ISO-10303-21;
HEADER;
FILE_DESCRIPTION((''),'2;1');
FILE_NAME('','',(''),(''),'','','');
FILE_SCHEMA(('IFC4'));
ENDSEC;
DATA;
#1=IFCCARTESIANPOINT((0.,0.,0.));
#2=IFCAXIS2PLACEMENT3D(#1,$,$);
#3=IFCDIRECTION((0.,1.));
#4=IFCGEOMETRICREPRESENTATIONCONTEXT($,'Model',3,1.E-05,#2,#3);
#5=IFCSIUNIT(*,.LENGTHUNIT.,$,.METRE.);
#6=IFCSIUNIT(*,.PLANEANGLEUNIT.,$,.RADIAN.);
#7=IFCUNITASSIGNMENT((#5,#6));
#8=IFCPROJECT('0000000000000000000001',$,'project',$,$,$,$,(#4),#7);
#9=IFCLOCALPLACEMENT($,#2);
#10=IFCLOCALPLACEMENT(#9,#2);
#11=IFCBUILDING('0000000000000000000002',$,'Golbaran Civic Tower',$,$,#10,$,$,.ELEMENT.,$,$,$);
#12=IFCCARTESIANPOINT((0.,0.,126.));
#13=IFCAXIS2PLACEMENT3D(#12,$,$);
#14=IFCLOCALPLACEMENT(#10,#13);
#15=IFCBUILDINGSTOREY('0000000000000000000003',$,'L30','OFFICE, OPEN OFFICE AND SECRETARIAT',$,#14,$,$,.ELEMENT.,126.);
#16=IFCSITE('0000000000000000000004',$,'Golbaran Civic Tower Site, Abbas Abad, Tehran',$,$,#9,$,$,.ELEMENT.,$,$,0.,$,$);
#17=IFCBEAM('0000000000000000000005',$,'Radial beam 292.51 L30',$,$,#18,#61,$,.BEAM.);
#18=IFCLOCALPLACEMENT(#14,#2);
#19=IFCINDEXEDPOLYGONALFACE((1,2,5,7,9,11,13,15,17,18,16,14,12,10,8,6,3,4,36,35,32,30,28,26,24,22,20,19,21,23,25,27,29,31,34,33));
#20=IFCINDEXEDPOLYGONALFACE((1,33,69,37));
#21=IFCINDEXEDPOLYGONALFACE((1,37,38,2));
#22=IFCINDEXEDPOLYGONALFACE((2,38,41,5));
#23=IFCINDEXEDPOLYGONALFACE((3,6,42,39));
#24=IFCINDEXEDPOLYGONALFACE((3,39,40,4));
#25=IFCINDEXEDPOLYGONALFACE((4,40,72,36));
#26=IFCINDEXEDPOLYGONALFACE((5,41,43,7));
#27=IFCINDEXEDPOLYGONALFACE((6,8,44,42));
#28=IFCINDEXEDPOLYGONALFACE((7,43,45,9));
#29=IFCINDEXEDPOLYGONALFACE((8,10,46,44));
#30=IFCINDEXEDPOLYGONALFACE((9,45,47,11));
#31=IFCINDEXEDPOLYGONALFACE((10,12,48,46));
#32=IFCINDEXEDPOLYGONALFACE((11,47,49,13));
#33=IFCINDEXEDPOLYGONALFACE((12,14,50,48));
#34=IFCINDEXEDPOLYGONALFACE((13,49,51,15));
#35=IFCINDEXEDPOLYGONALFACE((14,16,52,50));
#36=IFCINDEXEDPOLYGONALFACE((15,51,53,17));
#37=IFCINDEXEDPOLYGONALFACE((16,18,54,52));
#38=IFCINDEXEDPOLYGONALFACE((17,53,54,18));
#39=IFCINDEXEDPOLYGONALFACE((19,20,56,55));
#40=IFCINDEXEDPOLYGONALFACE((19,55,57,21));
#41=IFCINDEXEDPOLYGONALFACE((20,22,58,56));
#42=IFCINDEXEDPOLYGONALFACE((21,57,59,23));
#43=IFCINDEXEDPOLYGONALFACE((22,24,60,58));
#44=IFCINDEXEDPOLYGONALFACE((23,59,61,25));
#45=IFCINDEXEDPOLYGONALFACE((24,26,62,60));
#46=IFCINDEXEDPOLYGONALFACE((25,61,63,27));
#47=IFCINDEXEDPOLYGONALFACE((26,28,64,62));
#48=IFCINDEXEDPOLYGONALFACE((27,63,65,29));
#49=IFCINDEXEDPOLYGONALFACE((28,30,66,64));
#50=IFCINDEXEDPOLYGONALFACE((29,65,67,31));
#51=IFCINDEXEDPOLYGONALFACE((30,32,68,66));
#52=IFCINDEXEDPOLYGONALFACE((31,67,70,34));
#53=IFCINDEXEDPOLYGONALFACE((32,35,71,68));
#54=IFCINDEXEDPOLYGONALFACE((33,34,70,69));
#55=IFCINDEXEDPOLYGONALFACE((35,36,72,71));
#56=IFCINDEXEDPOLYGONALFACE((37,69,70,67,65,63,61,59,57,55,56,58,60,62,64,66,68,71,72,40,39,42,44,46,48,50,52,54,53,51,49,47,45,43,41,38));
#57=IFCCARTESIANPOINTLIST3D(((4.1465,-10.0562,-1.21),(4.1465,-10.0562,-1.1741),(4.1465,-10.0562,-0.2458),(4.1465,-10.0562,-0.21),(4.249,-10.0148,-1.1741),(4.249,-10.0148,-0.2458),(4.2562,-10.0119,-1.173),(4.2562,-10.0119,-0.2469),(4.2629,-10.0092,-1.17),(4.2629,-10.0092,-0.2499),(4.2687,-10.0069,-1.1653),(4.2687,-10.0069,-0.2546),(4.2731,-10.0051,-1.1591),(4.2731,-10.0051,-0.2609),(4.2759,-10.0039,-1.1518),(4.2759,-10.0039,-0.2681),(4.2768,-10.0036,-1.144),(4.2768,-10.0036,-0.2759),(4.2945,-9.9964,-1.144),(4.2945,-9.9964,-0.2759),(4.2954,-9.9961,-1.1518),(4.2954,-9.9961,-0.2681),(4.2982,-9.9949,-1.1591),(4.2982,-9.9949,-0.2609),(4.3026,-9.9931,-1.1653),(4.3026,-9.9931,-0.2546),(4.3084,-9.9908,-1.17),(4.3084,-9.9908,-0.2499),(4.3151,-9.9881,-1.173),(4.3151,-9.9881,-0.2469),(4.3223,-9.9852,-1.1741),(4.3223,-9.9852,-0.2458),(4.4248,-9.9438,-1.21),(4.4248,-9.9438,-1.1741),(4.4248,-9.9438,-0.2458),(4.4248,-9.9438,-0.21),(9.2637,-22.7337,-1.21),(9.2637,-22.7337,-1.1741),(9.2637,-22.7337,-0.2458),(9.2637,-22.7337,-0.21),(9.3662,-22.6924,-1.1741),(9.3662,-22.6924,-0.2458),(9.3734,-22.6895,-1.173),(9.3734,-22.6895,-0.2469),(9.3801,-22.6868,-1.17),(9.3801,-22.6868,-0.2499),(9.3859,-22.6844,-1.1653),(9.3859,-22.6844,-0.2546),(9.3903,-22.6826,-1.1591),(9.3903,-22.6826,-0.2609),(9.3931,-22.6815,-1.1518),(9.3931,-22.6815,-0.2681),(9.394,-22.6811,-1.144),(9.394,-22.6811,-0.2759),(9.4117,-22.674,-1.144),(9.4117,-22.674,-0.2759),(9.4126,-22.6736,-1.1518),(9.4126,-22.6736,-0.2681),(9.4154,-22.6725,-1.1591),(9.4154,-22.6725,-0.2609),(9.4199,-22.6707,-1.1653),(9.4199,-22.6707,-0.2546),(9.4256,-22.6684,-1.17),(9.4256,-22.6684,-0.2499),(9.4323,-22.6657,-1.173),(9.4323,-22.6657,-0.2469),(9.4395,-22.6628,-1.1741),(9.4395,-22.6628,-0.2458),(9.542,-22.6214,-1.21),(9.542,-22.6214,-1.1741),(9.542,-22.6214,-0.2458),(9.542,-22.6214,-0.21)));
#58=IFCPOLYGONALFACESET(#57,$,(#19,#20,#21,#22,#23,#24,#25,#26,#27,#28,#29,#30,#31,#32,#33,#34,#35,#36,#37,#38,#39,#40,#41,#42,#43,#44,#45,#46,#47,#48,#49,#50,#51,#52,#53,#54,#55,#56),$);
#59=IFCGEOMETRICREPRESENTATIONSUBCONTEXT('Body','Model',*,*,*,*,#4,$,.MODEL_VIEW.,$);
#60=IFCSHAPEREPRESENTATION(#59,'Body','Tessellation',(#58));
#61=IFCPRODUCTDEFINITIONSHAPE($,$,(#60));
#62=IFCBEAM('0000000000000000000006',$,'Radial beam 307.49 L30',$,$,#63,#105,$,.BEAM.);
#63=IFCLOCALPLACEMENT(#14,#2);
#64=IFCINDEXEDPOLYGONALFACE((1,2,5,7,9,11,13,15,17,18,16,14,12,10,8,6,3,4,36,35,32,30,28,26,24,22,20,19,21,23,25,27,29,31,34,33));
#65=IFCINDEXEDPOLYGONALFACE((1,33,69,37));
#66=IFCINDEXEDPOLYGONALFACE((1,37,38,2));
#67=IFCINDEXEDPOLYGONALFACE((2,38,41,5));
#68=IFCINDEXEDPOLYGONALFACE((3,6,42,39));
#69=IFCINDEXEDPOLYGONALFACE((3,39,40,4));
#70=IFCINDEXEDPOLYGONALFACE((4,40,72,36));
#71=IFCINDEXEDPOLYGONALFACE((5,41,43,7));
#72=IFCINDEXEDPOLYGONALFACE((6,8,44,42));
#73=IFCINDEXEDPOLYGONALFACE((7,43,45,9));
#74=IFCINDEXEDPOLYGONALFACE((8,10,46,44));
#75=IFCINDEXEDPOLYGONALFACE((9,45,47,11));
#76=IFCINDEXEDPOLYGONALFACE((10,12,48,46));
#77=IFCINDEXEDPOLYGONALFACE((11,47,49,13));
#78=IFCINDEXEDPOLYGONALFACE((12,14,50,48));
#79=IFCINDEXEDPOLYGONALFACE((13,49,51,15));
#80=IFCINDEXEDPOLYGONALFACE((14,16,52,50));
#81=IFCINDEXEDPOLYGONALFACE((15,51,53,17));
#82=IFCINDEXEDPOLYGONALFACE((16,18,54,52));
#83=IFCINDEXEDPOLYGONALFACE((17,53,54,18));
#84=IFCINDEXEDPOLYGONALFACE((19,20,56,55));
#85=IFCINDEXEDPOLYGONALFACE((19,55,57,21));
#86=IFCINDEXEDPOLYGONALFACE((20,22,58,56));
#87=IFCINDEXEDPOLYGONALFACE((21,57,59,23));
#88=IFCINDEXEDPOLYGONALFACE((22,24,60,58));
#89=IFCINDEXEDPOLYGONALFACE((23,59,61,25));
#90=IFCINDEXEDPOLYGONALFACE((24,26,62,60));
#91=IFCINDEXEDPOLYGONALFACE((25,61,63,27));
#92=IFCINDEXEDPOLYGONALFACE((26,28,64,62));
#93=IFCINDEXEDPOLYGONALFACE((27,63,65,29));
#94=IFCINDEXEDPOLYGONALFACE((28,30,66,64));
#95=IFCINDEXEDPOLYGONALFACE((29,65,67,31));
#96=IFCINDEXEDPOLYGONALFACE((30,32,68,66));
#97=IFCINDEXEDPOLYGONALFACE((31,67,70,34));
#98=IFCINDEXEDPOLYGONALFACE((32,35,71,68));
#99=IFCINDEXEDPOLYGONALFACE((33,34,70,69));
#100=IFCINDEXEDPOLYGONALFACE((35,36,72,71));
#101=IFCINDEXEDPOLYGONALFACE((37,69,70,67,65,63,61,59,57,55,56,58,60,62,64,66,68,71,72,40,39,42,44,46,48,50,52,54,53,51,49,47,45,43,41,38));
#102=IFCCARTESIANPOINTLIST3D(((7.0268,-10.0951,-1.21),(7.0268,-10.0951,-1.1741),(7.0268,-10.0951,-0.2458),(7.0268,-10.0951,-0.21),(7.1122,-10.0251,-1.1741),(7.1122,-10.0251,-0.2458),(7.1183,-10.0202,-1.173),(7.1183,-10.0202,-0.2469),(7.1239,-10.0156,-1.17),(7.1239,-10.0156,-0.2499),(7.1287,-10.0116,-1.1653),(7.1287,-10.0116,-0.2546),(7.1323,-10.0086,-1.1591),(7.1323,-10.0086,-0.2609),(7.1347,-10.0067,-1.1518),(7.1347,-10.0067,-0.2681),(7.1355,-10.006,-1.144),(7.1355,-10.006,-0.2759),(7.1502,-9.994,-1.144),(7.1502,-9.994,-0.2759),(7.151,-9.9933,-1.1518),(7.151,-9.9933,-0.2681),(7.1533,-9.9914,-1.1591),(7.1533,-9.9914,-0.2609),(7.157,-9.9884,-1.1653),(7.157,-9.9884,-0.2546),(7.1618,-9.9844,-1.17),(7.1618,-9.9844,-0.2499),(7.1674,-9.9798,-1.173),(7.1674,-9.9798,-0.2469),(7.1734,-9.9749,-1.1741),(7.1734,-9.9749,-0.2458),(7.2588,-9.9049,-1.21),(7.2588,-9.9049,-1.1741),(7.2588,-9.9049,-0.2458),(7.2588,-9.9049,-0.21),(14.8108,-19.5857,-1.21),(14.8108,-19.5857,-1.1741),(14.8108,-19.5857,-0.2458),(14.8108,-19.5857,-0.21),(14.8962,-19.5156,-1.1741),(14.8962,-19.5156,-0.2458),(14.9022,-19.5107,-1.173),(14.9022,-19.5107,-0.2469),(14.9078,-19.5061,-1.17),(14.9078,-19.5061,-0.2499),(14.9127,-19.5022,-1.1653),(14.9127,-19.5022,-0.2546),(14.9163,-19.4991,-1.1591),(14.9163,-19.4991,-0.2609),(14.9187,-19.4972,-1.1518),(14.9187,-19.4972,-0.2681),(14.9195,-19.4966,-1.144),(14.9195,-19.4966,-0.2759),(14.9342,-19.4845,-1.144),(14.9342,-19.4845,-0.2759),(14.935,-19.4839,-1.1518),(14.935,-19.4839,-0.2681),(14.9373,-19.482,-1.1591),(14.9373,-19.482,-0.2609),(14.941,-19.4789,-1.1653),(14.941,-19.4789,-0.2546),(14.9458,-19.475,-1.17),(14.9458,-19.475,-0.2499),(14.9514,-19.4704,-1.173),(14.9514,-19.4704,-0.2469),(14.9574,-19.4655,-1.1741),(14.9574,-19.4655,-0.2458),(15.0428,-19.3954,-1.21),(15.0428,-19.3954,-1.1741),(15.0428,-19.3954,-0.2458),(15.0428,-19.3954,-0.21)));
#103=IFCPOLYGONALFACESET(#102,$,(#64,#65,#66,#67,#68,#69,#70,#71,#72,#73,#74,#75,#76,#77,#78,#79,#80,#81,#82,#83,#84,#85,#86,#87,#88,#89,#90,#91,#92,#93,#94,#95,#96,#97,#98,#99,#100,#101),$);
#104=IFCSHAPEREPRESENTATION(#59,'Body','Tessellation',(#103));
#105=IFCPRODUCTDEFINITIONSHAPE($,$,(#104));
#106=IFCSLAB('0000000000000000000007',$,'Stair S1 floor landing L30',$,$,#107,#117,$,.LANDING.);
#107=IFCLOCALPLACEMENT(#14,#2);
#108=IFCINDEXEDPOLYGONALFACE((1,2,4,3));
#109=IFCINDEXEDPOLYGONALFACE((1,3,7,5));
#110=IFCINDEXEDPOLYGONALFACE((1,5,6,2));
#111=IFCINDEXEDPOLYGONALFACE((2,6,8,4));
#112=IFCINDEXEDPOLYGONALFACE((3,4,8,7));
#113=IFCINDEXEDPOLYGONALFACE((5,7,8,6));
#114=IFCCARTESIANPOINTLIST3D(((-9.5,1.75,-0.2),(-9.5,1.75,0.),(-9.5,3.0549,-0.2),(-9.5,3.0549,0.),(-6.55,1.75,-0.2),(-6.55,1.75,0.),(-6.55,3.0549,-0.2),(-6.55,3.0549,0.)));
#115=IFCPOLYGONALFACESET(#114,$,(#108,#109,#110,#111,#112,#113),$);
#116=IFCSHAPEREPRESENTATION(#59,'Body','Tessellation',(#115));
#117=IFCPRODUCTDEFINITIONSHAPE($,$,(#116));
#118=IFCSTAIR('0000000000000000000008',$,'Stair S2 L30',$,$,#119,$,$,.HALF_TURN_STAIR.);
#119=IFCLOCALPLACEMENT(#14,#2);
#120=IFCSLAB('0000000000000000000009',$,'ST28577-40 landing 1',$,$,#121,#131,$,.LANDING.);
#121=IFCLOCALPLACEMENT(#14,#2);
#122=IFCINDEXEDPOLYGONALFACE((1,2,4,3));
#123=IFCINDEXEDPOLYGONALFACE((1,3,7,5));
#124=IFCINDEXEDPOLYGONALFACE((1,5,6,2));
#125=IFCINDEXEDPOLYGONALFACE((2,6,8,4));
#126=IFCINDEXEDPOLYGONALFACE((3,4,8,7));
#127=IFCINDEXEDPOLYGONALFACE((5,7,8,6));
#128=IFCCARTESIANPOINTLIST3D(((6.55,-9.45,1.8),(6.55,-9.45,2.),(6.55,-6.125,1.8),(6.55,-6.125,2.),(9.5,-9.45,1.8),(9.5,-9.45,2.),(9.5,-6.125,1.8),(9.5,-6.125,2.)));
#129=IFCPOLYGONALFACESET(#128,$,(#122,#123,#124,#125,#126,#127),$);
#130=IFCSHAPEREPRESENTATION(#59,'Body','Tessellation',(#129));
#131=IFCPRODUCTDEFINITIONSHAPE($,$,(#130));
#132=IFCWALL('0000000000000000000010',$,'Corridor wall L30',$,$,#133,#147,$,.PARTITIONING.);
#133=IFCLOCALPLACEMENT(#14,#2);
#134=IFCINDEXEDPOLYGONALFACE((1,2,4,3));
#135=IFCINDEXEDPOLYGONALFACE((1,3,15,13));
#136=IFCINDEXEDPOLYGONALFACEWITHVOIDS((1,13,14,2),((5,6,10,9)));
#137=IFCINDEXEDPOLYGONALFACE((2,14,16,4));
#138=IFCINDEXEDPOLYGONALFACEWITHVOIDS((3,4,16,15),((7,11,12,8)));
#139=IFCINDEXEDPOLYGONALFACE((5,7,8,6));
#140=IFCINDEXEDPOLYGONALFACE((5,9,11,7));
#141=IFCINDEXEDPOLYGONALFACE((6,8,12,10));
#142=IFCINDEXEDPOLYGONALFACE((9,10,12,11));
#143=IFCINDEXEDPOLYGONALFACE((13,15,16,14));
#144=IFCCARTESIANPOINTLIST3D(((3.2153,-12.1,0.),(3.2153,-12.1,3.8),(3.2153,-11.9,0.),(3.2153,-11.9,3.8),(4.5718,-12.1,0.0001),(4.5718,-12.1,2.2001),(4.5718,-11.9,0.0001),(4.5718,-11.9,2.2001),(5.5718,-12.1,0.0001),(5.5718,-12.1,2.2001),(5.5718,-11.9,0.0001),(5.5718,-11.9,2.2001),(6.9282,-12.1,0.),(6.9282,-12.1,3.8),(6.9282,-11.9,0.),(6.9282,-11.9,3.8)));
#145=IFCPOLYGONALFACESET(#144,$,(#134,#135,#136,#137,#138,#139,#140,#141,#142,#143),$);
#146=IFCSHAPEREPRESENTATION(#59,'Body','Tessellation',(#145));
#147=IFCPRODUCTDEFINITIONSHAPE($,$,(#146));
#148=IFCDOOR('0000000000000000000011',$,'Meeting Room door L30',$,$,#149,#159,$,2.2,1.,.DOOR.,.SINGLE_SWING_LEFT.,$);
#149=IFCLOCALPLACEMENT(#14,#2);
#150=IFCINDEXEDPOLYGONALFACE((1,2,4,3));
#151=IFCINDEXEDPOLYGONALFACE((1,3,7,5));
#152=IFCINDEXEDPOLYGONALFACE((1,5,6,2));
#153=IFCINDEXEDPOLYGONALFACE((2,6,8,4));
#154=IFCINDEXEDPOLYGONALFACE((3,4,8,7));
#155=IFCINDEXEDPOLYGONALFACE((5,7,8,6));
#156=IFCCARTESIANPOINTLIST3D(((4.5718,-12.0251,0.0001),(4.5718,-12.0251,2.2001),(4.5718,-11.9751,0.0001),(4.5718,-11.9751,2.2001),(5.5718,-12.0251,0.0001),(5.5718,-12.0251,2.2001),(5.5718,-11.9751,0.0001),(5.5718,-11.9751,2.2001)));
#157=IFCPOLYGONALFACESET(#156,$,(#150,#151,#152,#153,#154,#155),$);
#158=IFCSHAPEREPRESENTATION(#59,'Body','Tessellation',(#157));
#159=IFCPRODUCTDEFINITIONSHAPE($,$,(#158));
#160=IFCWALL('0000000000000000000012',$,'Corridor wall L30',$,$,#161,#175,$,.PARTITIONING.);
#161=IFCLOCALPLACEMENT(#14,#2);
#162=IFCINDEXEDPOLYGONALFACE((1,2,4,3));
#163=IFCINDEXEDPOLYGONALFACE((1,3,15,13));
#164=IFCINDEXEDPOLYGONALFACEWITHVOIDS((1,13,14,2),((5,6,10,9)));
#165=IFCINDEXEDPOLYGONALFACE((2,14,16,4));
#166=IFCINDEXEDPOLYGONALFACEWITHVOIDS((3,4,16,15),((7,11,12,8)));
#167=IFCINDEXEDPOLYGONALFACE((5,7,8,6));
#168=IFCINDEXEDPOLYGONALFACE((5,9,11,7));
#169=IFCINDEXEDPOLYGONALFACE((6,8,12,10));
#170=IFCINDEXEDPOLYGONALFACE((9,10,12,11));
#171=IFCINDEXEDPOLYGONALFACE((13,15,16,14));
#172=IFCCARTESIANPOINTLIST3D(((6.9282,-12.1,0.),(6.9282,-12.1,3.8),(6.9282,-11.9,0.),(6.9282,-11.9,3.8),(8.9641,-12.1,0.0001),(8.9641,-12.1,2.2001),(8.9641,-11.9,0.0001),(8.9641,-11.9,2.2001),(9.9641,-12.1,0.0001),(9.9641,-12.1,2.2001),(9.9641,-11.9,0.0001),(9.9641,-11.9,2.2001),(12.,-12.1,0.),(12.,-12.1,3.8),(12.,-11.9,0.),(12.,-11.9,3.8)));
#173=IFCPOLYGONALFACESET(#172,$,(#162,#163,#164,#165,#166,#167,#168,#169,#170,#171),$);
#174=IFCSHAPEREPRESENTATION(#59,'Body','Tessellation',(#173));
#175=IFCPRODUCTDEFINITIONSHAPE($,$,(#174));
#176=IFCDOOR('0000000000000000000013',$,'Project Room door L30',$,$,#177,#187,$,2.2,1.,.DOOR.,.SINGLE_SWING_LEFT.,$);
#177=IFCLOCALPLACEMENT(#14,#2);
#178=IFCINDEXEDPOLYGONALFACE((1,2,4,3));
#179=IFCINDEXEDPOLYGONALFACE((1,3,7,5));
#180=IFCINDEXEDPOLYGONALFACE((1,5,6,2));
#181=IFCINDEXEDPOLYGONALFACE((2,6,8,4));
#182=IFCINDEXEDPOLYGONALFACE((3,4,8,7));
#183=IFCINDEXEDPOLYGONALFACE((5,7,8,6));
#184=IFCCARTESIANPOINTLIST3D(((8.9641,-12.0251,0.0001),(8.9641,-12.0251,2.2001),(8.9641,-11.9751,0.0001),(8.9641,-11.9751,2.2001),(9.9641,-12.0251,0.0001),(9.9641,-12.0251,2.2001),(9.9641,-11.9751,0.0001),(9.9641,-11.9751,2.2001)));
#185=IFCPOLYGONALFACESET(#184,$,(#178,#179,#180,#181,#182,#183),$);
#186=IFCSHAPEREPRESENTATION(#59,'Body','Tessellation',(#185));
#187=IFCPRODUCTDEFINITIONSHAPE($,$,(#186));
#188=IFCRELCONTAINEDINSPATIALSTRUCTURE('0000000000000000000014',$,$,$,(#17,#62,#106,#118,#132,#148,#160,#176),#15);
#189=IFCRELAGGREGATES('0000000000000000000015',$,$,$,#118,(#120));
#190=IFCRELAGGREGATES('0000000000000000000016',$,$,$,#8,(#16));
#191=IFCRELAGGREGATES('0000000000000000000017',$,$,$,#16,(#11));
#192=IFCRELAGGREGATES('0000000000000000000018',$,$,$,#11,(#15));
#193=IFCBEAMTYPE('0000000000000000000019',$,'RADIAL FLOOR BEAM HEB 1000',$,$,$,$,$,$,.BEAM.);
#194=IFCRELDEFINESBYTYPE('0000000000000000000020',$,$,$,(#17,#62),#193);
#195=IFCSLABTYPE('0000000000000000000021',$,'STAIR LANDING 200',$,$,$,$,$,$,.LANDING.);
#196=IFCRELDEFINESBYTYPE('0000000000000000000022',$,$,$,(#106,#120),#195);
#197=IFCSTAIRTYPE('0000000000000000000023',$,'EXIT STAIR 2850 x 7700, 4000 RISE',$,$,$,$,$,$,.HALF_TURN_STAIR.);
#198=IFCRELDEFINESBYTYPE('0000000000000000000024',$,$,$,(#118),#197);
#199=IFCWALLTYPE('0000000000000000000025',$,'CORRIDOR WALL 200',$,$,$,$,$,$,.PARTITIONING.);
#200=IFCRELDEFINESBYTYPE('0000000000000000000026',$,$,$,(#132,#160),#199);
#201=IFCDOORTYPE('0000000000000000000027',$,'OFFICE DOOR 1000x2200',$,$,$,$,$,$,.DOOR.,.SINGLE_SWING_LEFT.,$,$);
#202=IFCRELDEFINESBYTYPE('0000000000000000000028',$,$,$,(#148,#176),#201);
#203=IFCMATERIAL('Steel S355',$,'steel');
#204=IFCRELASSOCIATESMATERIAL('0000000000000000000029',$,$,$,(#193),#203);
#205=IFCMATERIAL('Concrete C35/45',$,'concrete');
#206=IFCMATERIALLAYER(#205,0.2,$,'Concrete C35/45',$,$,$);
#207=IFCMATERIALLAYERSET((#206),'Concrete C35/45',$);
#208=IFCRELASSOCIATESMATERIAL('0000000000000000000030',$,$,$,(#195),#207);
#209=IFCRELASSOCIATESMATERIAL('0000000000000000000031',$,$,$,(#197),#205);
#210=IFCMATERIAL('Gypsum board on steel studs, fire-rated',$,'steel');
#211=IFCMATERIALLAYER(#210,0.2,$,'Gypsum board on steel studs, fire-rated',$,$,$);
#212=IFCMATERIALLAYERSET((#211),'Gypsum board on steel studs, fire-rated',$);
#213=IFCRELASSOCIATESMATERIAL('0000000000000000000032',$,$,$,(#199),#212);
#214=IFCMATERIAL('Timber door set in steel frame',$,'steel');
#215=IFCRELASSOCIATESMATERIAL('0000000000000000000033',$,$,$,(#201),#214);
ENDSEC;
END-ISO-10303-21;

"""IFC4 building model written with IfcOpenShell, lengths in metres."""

from ifc_helpers import new_model, si_unit, direction, frame, frame_2d, origin, origin_2d, place, context, subcontext, project, spatial, polyline, rectangle, i_section, outline, extrude, material, layer, layer_set, material_profile, profile_set, type_object, element, fill, aggregate, save


model = new_model("IFC4")

# Units and contexts
model_context = context("Model", 3, precision=1e-05, world=origin(), true_north=direction((0.0, 1.0)))
body_context = subcontext(model_context, "Body", "Model", "MODEL_VIEW")
ifc_project = project(units=[si_unit("LENGTHUNIT", "METRE"), si_unit("PLANEANGLEUNIT", "RADIAN")], contexts=[model_context])

# Site, building, storey
site_placement = place(None, origin())
site = spatial("IfcSite", under=ifc_project, at=site_placement, Name="Golbaran Civic Tower Site, Abbas Abad, Tehran", CompositionType="ELEMENT", RefElevation=0.0)
building_placement = place(site_placement, origin())
building = spatial("IfcBuilding", under=site, at=building_placement, Name="Golbaran Civic Tower", CompositionType="ELEMENT")
storey_placement = place(building_placement, frame((0.0, 0.0, 126.0)))
storey = spatial("IfcBuildingStorey", under=building, at=storey_placement, Name="L30", Description="OFFICE, OPEN OFFICE AND SECRETARIAT", CompositionType="ELEMENT", Elevation=126.0)

# Beams
ifc_material_1 = material(Name="Steel S355", Category="steel")
ifc_material_profile_1 = material_profile(ifc_material_1, i_section(OverallWidth=0.3, OverallDepth=1.0, WebThickness=0.019, FlangeThickness=0.0359, FilletRadius=0.03, at=origin_2d()), Name="HEB 1000")
ifc_profile_set_1 = profile_set([ifc_material_profile_1], Name="Steel S355")
beam_type_1 = type_object("IfcBeamType", Name="RADIAL FLOOR BEAM HEB 1000", PredefinedType="BEAM", material=ifc_profile_set_1)
beam_1_placement = place(storey_placement, frame((4.2856, -10.0, -0.71), z_axis=(0.374302, -0.927307, 0.0), x_axis=(0.927307, 0.374302, 0.0)))
element("IfcBeam", 1, at=beam_1_placement, inside=storey, type_object=beam_type_1, Name="Radial beam 292.51 L30", PredefinedType="BEAM", context=body_context, shape_type="SweptSolid", body=[
    extrude(i_section(OverallWidth=0.3, OverallDepth=1.0, WebThickness=0.019, FlangeThickness=0.0359, FilletRadius=0.03, at=origin_2d()), origin(), (0.0, 0.0, 1.0), 13.6714),
])
beam_2_placement = place(storey_placement, frame((7.1428, -10.0, -0.71), z_axis=(0.634165, -0.773198, 0.0), x_axis=(0.773198, 0.634165, 0.0)))
element("IfcBeam", 2, at=beam_2_placement, inside=storey, type_object=beam_type_1, Name="Radial beam 307.49 L30", PredefinedType="BEAM", context=body_context, shape_type="SweptSolid", body=[
    extrude(i_section(OverallWidth=0.3, OverallDepth=1.0, WebThickness=0.019, FlangeThickness=0.0359, FilletRadius=0.03, at=origin_2d()), origin(), (0.0, 0.0, 1.0), 12.2744),
])

# Slab
ifc_material_2 = material(Name="Concrete C35/45", Category="concrete")
ifc_layer_1 = layer(ifc_material_2, 0.2, Name="Concrete C35/45")
ifc_layer_set_1 = layer_set([ifc_layer_1], Name="Concrete C35/45")
slab_type = type_object("IfcSlabType", Name="STAIR LANDING 200", PredefinedType="LANDING", material=ifc_layer_set_1)
slab_1_placement = place(storey_placement, frame((0.0, 0.0, -0.2)))
element("IfcSlab", 3, at=slab_1_placement, inside=storey, type_object=slab_type, Name="Stair S1 floor landing L30", PredefinedType="LANDING", context=body_context, shape_type="SweptSolid", body=[
    extrude(outline(polyline([(-9.5, 1.75), (-9.5, 3.0549), (-6.55, 3.0549), (-6.55, 1.75), (-9.5, 1.75)])), origin(), (0.0, 0.0, 1.0), 0.2),
])

# Stair, slab
stair_type = type_object("IfcStairType", Name="EXIT STAIR 2850 x 7700, 4000 RISE", PredefinedType="HALF_TURN_STAIR", material=ifc_material_2)
stair_placement = place(storey_placement, origin())
stair = element("IfcStair", 4, at=stair_placement, inside=storey, type_object=stair_type, Name="Stair S2 L30", PredefinedType="HALF_TURN_STAIR")
slab_2_placement = place(storey_placement, frame((0.0, 0.0, 1.8)))
slab_2 = element("IfcSlab", 5, at=slab_2_placement, type_object=slab_type, Name="ST28577-40 landing 1", PredefinedType="LANDING", context=body_context, shape_type="SweptSolid", body=[
    extrude(outline(polyline([(9.5, -6.125), (9.5, -9.45), (6.55, -9.45), (6.55, -6.125), (9.5, -6.125)])), origin(), (0.0, 0.0, 1.0), 0.2),
])

# Walls, openings, doors
ifc_material_3 = material(Name="Gypsum board on steel studs, fire-rated", Category="steel")
ifc_layer_2 = layer(ifc_material_3, 0.2, Name="Gypsum board on steel studs, fire-rated")
ifc_layer_set_2 = layer_set([ifc_layer_2], Name="Gypsum board on steel studs, fire-rated")
wall_type_1 = type_object("IfcWallType", Name="CORRIDOR WALL 200", PredefinedType="PARTITIONING", material=ifc_layer_set_2)
wall_1_placement = place(storey_placement, frame((3.2153, -12.0, 0.0), z_axis=(0.0, 0.0, 1.0), x_axis=(1.0, 0.0, 0.0)))
wall_1 = element("IfcWall", 6, at=wall_1_placement, inside=storey, type_object=wall_type_1, Name="Corridor wall L30", PredefinedType="PARTITIONING", context=body_context, shape_type="SweptSolid", body=[
    extrude(rectangle(XDim=3.7129, YDim=0.2, at=frame_2d((1.8564, 0.0))), origin(), (0.0, 0.0, 1.0), 3.8),
])
opening_1_placement = place(wall_1_placement, frame((1.3564, 0.0, 0.0)))
opening_1 = element("IfcOpeningElement", 7, at=opening_1_placement, cuts=wall_1, PredefinedType="OPENING", context=body_context, shape_type="SweptSolid", body=[
    extrude(rectangle(XDim=1.0, YDim=2.2, at=frame_2d((0.5, 1.1001))), frame((0.0, 0.1099, 0.0), z_axis=(0.0, -1.0, 0.0), x_axis=(1.0, 0.0, 0.0)), (0.0, 0.0, 1.0), 0.22),
])
ifc_material_4 = material(Name="Timber door set in steel frame", Category="steel")
door_type_1 = type_object("IfcDoorType", Name="OFFICE DOOR 1000x2200", OperationType="SINGLE_SWING_LEFT", PredefinedType="DOOR", material=ifc_material_4)
door_1_placement = place(opening_1_placement, origin())
door_1 = element("IfcDoor", 8, at=door_1_placement, inside=storey, type_object=door_type_1, Name="Meeting Room door L30", OperationType="SINGLE_SWING_LEFT", OverallHeight=2.2, OverallWidth=1.0, PredefinedType="DOOR", context=body_context, shape_type="SweptSolid", body=[
    extrude(rectangle(XDim=1.0, YDim=2.2, at=frame_2d((0.5, 1.1001))), frame((0.0, 0.0249, 0.0), z_axis=(0.0, -1.0, 0.0), x_axis=(1.0, 0.0, 0.0)), (0.0, 0.0, 1.0), 0.05),
])
fill(opening_1, door_1)
wall_2_placement = place(storey_placement, frame((6.9282, -12.0, 0.0), z_axis=(0.0, 0.0, 1.0), x_axis=(1.0, 0.0, 0.0)))
wall_2 = element("IfcWall", 9, at=wall_2_placement, inside=storey, type_object=wall_type_1, Name="Corridor wall L30", PredefinedType="PARTITIONING", context=body_context, shape_type="SweptSolid", body=[
    extrude(rectangle(XDim=5.0718, YDim=0.2, at=frame_2d((2.5359, 0.0))), origin(), (0.0, 0.0, 1.0), 3.8),
])
opening_2_placement = place(wall_2_placement, frame((2.0359, 0.0, 0.0)))
opening_2 = element("IfcOpeningElement", 10, at=opening_2_placement, cuts=wall_2, PredefinedType="OPENING", context=body_context, shape_type="SweptSolid", body=[
    extrude(rectangle(XDim=1.0, YDim=2.2, at=frame_2d((0.5, 1.1001))), frame((0.0, 0.1099, 0.0), z_axis=(0.0, -1.0, 0.0), x_axis=(1.0, 0.0, 0.0)), (0.0, 0.0, 1.0), 0.22),
])
door_2_placement = place(opening_2_placement, origin())
door_2 = element("IfcDoor", 11, at=door_2_placement, inside=storey, type_object=door_type_1, Name="Project Room door L30", OperationType="SINGLE_SWING_LEFT", OverallHeight=2.2, OverallWidth=1.0, PredefinedType="DOOR", context=body_context, shape_type="SweptSolid", body=[
    extrude(rectangle(XDim=1.0, YDim=2.2, at=frame_2d((0.5, 1.1001))), frame((0.0, 0.0249, 0.0), z_axis=(0.0, -1.0, 0.0), x_axis=(1.0, 0.0, 0.0)), (0.0, 0.0, 1.0), 0.05),
])
fill(opening_2, door_2)

aggregate(stair, [slab_2])

save(model, "model.ifc")
